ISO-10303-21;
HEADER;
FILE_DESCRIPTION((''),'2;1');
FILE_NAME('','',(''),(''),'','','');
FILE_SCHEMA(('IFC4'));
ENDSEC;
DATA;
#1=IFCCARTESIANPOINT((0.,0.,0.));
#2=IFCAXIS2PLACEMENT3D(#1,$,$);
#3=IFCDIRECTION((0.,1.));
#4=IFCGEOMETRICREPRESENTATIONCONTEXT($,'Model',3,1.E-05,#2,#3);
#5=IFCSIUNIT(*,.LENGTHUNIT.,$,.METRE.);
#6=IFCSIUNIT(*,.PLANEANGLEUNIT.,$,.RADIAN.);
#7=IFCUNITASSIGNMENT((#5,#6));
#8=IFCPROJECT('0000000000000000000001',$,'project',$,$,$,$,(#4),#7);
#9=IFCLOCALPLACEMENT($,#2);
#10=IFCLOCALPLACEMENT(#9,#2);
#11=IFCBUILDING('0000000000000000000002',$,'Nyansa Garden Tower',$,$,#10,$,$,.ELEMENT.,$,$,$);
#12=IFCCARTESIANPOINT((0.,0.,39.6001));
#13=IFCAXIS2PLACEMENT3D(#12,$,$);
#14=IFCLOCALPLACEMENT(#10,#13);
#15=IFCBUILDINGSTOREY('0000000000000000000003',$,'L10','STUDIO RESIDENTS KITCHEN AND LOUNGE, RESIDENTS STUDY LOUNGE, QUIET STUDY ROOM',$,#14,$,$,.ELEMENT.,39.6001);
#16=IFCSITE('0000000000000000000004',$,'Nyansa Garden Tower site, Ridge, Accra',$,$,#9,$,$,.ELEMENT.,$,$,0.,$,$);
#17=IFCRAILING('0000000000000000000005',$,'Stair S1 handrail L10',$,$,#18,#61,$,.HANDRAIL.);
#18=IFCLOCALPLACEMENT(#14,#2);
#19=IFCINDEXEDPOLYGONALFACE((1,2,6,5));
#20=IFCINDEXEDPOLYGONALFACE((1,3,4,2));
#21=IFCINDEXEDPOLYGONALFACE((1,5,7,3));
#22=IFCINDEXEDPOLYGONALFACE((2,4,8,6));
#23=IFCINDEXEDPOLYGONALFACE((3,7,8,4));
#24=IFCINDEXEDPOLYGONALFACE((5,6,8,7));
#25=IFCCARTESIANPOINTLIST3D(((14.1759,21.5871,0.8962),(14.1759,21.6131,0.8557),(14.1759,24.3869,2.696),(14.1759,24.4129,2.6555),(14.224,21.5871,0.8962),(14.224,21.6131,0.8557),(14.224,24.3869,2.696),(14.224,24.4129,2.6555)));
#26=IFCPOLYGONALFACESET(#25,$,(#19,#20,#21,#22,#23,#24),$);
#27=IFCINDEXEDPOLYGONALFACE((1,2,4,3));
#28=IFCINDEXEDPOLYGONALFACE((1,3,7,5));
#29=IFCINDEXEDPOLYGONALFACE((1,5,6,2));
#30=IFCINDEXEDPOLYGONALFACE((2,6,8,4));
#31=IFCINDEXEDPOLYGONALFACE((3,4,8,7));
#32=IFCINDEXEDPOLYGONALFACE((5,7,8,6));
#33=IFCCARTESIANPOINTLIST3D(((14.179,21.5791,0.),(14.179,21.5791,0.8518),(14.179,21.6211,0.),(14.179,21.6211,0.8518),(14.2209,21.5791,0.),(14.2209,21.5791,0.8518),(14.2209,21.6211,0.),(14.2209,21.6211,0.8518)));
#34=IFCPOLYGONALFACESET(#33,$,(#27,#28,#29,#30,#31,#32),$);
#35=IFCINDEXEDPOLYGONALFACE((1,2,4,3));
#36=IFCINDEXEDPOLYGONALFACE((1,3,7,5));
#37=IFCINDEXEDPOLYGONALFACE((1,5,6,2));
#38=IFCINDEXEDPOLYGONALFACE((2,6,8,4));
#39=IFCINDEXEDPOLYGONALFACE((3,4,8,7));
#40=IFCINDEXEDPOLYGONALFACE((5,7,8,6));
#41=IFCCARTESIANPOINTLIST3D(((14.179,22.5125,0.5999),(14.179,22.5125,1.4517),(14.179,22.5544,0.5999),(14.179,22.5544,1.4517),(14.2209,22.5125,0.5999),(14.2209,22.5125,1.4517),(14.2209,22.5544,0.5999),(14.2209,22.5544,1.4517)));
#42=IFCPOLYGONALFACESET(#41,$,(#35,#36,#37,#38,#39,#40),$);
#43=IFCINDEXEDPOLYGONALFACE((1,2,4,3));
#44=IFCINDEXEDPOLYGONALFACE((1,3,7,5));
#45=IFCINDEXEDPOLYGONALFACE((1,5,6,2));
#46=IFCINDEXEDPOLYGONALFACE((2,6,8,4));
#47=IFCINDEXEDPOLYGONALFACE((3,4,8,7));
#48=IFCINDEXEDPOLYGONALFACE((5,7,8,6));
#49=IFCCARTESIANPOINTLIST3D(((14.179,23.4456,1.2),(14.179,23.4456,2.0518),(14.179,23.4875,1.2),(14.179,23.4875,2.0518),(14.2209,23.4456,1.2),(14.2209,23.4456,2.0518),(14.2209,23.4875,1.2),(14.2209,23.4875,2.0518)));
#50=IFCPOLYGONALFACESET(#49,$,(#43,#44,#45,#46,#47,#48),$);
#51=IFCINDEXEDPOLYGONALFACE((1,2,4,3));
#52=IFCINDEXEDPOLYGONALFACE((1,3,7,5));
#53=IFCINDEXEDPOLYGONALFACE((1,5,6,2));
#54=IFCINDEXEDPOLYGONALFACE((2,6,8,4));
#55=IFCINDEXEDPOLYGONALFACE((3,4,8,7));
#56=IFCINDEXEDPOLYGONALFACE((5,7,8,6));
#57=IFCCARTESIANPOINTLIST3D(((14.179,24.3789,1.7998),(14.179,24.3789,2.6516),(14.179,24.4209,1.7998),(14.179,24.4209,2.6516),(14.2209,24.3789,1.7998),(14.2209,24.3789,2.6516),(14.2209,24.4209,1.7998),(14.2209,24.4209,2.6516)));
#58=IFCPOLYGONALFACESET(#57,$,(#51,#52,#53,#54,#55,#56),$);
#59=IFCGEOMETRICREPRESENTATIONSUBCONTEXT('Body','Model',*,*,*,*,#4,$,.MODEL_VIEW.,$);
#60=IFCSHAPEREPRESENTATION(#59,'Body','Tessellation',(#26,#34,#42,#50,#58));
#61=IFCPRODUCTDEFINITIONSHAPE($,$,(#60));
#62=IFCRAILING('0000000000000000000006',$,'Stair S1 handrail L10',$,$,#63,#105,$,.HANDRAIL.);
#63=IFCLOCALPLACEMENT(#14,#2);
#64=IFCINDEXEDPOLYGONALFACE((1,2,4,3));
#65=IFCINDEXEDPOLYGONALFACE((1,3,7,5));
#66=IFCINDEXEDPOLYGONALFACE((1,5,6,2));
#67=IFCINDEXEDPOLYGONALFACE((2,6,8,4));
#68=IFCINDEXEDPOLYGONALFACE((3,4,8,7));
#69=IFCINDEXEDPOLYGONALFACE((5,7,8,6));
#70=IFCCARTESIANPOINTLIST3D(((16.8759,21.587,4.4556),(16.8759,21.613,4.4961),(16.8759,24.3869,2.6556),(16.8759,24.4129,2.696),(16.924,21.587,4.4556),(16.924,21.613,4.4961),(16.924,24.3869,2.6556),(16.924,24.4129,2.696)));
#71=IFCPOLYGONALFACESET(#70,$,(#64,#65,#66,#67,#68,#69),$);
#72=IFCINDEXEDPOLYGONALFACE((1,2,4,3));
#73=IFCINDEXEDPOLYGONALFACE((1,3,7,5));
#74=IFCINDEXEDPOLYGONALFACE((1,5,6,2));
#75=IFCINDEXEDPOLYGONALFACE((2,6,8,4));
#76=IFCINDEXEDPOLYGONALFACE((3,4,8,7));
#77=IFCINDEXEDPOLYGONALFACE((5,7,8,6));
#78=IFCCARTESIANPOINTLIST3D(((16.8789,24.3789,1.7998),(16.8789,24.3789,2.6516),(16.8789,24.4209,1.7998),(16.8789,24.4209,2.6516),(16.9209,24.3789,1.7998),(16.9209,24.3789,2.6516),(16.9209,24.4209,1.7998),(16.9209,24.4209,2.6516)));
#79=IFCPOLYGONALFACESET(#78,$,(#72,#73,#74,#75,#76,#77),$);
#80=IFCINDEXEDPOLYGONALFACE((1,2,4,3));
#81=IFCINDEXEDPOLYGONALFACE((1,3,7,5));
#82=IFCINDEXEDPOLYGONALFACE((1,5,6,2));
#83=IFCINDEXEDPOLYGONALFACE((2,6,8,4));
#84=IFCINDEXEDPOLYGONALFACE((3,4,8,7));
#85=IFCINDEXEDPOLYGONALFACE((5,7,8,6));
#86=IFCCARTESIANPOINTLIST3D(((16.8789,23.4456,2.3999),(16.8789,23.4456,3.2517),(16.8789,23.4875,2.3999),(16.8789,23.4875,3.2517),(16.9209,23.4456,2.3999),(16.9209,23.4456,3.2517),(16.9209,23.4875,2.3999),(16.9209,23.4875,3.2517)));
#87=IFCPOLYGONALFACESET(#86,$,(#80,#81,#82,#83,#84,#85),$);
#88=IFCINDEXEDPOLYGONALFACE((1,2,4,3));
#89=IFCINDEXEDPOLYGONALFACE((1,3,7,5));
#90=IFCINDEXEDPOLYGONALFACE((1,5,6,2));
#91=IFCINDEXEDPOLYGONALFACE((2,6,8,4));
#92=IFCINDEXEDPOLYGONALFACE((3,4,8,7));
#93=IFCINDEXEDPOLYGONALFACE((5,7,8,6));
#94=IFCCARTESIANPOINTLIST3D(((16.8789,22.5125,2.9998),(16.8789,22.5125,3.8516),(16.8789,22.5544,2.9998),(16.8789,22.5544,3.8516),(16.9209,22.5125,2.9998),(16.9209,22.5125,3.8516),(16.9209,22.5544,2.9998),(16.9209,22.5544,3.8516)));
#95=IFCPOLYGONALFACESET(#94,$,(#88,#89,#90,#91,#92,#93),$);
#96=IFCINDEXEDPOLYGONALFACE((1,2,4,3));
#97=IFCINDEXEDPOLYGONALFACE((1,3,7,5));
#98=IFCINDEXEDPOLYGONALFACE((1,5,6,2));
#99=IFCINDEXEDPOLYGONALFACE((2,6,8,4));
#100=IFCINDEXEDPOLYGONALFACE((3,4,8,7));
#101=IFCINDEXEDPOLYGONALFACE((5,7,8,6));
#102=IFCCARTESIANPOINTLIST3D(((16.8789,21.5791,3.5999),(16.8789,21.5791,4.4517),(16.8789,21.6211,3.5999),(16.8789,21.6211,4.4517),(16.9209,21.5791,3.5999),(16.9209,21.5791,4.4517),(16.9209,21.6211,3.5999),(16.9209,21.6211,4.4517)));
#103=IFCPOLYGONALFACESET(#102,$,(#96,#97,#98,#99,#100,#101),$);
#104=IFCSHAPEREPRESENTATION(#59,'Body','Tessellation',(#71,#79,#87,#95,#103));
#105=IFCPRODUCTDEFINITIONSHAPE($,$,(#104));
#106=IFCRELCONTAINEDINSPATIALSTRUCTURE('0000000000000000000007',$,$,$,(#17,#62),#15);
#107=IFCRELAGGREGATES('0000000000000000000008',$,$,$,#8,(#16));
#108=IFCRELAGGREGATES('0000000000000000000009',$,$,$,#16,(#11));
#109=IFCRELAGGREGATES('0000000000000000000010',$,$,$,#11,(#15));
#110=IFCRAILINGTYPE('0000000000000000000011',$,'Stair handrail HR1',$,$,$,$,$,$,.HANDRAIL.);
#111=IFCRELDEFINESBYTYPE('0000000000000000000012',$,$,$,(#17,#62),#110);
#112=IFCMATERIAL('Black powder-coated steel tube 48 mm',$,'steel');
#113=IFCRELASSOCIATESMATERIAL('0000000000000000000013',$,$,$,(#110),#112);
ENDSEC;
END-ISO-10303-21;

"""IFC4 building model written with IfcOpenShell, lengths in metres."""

from ifc_helpers import new_model, si_unit, direction, frame, origin, origin_2d, place, context, subcontext, project, spatial, rectangle, extrude, material, type_object, element, save


model = new_model("IFC4")

# Units and contexts
model_context = context("Model", 3, precision=1e-05, world=origin(), true_north=direction((0.0, 1.0)))
body_context = subcontext(model_context, "Body", "Model", "MODEL_VIEW")
ifc_project = project(units=[si_unit("LENGTHUNIT", "METRE"), si_unit("PLANEANGLEUNIT", "RADIAN")], contexts=[model_context])

# Site, building, storey
site_placement = place(None, origin())
site = spatial("IfcSite", under=ifc_project, at=site_placement, Name="Nyansa Garden Tower site, Ridge, Accra", CompositionType="ELEMENT", RefElevation=0.0)
building_placement = place(site_placement, origin())
building = spatial("IfcBuilding", under=site, at=building_placement, Name="Nyansa Garden Tower", CompositionType="ELEMENT")
storey_placement = place(building_placement, frame((0.0, 0.0, 39.6001)))
storey = spatial("IfcBuildingStorey", under=building, at=storey_placement, Name="L10", Description="STUDIO RESIDENTS KITCHEN AND LOUNGE, RESIDENTS STUDY LOUNGE, QUIET STUDY ROOM", CompositionType="ELEMENT", Elevation=39.6001)

# Railings
ifc_material_1 = material(Name="Black powder-coated steel tube 48 mm", Category="steel")
railing_type = type_object("IfcRailingType", Name="Stair handrail HR1", PredefinedType="HANDRAIL", material=ifc_material_1)
railing_1_placement = place(storey_placement, frame((14.2, 21.6001, 0.0)))
element("IfcRailing", 1, at=railing_1_placement, inside=storey, type_object=railing_type, Name="Stair S1 handrail L10", PredefinedType="HANDRAIL", context=body_context, shape_type="SweptSolid", body=[
    extrude(rectangle(XDim=0.0481, YDim=0.0481, at=origin_2d()), frame((0.0, 0.0, 0.876), z_axis=(0.0, 0.841188, 0.540743), x_axis=(-1.0, 0.0, 0.0)), (0.0, 0.0, 1.0), 3.3284),
    extrude(rectangle(XDim=0.042, YDim=0.042, at=origin_2d()), origin(), (0.0, 0.0, 1.0), 0.8518),
    extrude(rectangle(XDim=0.042, YDim=0.042, at=origin_2d()), frame((0.0, 0.9333, 0.5999)), (0.0, 0.0, 1.0), 0.8518),
    extrude(rectangle(XDim=0.042, YDim=0.042, at=origin_2d()), frame((0.0, 1.8665, 1.2)), (0.0, 0.0, 1.0), 0.8518),
    extrude(rectangle(XDim=0.042, YDim=0.042, at=origin_2d()), frame((0.0, 2.7998, 1.7998)), (0.0, 0.0, 1.0), 0.8518),
])
railing_2_placement = place(storey_placement, frame((16.8999, 24.3999, 1.7998)))
element("IfcRailing", 2, at=railing_2_placement, inside=storey, type_object=railing_type, Name="Stair S1 handrail L10", PredefinedType="HANDRAIL", context=body_context, shape_type="SweptSolid", body=[
    extrude(rectangle(XDim=0.0481, YDim=0.0481, at=origin_2d()), frame((0.0, 0.0, 0.876), z_axis=(0.0, -0.841155, 0.540795), x_axis=(1.0, 0.0, 0.0)), (0.0, 0.0, 1.0), 3.3286),
    extrude(rectangle(XDim=0.042, YDim=0.042, at=origin_2d()), origin(), (0.0, 0.0, 1.0), 0.8518),
    extrude(rectangle(XDim=0.042, YDim=0.042, at=origin_2d()), frame((0.0, -0.9333, 0.6001)), (0.0, 0.0, 1.0), 0.8518),
    extrude(rectangle(XDim=0.042, YDim=0.042, at=origin_2d()), frame((0.0, -1.8665, 1.2)), (0.0, 0.0, 1.0), 0.8518),
    extrude(rectangle(XDim=0.042, YDim=0.042, at=origin_2d()), frame((0.0, -2.7998, 1.8)), (0.0, 0.0, 1.0), 0.8518),
])

save(model, "model.ifc")
